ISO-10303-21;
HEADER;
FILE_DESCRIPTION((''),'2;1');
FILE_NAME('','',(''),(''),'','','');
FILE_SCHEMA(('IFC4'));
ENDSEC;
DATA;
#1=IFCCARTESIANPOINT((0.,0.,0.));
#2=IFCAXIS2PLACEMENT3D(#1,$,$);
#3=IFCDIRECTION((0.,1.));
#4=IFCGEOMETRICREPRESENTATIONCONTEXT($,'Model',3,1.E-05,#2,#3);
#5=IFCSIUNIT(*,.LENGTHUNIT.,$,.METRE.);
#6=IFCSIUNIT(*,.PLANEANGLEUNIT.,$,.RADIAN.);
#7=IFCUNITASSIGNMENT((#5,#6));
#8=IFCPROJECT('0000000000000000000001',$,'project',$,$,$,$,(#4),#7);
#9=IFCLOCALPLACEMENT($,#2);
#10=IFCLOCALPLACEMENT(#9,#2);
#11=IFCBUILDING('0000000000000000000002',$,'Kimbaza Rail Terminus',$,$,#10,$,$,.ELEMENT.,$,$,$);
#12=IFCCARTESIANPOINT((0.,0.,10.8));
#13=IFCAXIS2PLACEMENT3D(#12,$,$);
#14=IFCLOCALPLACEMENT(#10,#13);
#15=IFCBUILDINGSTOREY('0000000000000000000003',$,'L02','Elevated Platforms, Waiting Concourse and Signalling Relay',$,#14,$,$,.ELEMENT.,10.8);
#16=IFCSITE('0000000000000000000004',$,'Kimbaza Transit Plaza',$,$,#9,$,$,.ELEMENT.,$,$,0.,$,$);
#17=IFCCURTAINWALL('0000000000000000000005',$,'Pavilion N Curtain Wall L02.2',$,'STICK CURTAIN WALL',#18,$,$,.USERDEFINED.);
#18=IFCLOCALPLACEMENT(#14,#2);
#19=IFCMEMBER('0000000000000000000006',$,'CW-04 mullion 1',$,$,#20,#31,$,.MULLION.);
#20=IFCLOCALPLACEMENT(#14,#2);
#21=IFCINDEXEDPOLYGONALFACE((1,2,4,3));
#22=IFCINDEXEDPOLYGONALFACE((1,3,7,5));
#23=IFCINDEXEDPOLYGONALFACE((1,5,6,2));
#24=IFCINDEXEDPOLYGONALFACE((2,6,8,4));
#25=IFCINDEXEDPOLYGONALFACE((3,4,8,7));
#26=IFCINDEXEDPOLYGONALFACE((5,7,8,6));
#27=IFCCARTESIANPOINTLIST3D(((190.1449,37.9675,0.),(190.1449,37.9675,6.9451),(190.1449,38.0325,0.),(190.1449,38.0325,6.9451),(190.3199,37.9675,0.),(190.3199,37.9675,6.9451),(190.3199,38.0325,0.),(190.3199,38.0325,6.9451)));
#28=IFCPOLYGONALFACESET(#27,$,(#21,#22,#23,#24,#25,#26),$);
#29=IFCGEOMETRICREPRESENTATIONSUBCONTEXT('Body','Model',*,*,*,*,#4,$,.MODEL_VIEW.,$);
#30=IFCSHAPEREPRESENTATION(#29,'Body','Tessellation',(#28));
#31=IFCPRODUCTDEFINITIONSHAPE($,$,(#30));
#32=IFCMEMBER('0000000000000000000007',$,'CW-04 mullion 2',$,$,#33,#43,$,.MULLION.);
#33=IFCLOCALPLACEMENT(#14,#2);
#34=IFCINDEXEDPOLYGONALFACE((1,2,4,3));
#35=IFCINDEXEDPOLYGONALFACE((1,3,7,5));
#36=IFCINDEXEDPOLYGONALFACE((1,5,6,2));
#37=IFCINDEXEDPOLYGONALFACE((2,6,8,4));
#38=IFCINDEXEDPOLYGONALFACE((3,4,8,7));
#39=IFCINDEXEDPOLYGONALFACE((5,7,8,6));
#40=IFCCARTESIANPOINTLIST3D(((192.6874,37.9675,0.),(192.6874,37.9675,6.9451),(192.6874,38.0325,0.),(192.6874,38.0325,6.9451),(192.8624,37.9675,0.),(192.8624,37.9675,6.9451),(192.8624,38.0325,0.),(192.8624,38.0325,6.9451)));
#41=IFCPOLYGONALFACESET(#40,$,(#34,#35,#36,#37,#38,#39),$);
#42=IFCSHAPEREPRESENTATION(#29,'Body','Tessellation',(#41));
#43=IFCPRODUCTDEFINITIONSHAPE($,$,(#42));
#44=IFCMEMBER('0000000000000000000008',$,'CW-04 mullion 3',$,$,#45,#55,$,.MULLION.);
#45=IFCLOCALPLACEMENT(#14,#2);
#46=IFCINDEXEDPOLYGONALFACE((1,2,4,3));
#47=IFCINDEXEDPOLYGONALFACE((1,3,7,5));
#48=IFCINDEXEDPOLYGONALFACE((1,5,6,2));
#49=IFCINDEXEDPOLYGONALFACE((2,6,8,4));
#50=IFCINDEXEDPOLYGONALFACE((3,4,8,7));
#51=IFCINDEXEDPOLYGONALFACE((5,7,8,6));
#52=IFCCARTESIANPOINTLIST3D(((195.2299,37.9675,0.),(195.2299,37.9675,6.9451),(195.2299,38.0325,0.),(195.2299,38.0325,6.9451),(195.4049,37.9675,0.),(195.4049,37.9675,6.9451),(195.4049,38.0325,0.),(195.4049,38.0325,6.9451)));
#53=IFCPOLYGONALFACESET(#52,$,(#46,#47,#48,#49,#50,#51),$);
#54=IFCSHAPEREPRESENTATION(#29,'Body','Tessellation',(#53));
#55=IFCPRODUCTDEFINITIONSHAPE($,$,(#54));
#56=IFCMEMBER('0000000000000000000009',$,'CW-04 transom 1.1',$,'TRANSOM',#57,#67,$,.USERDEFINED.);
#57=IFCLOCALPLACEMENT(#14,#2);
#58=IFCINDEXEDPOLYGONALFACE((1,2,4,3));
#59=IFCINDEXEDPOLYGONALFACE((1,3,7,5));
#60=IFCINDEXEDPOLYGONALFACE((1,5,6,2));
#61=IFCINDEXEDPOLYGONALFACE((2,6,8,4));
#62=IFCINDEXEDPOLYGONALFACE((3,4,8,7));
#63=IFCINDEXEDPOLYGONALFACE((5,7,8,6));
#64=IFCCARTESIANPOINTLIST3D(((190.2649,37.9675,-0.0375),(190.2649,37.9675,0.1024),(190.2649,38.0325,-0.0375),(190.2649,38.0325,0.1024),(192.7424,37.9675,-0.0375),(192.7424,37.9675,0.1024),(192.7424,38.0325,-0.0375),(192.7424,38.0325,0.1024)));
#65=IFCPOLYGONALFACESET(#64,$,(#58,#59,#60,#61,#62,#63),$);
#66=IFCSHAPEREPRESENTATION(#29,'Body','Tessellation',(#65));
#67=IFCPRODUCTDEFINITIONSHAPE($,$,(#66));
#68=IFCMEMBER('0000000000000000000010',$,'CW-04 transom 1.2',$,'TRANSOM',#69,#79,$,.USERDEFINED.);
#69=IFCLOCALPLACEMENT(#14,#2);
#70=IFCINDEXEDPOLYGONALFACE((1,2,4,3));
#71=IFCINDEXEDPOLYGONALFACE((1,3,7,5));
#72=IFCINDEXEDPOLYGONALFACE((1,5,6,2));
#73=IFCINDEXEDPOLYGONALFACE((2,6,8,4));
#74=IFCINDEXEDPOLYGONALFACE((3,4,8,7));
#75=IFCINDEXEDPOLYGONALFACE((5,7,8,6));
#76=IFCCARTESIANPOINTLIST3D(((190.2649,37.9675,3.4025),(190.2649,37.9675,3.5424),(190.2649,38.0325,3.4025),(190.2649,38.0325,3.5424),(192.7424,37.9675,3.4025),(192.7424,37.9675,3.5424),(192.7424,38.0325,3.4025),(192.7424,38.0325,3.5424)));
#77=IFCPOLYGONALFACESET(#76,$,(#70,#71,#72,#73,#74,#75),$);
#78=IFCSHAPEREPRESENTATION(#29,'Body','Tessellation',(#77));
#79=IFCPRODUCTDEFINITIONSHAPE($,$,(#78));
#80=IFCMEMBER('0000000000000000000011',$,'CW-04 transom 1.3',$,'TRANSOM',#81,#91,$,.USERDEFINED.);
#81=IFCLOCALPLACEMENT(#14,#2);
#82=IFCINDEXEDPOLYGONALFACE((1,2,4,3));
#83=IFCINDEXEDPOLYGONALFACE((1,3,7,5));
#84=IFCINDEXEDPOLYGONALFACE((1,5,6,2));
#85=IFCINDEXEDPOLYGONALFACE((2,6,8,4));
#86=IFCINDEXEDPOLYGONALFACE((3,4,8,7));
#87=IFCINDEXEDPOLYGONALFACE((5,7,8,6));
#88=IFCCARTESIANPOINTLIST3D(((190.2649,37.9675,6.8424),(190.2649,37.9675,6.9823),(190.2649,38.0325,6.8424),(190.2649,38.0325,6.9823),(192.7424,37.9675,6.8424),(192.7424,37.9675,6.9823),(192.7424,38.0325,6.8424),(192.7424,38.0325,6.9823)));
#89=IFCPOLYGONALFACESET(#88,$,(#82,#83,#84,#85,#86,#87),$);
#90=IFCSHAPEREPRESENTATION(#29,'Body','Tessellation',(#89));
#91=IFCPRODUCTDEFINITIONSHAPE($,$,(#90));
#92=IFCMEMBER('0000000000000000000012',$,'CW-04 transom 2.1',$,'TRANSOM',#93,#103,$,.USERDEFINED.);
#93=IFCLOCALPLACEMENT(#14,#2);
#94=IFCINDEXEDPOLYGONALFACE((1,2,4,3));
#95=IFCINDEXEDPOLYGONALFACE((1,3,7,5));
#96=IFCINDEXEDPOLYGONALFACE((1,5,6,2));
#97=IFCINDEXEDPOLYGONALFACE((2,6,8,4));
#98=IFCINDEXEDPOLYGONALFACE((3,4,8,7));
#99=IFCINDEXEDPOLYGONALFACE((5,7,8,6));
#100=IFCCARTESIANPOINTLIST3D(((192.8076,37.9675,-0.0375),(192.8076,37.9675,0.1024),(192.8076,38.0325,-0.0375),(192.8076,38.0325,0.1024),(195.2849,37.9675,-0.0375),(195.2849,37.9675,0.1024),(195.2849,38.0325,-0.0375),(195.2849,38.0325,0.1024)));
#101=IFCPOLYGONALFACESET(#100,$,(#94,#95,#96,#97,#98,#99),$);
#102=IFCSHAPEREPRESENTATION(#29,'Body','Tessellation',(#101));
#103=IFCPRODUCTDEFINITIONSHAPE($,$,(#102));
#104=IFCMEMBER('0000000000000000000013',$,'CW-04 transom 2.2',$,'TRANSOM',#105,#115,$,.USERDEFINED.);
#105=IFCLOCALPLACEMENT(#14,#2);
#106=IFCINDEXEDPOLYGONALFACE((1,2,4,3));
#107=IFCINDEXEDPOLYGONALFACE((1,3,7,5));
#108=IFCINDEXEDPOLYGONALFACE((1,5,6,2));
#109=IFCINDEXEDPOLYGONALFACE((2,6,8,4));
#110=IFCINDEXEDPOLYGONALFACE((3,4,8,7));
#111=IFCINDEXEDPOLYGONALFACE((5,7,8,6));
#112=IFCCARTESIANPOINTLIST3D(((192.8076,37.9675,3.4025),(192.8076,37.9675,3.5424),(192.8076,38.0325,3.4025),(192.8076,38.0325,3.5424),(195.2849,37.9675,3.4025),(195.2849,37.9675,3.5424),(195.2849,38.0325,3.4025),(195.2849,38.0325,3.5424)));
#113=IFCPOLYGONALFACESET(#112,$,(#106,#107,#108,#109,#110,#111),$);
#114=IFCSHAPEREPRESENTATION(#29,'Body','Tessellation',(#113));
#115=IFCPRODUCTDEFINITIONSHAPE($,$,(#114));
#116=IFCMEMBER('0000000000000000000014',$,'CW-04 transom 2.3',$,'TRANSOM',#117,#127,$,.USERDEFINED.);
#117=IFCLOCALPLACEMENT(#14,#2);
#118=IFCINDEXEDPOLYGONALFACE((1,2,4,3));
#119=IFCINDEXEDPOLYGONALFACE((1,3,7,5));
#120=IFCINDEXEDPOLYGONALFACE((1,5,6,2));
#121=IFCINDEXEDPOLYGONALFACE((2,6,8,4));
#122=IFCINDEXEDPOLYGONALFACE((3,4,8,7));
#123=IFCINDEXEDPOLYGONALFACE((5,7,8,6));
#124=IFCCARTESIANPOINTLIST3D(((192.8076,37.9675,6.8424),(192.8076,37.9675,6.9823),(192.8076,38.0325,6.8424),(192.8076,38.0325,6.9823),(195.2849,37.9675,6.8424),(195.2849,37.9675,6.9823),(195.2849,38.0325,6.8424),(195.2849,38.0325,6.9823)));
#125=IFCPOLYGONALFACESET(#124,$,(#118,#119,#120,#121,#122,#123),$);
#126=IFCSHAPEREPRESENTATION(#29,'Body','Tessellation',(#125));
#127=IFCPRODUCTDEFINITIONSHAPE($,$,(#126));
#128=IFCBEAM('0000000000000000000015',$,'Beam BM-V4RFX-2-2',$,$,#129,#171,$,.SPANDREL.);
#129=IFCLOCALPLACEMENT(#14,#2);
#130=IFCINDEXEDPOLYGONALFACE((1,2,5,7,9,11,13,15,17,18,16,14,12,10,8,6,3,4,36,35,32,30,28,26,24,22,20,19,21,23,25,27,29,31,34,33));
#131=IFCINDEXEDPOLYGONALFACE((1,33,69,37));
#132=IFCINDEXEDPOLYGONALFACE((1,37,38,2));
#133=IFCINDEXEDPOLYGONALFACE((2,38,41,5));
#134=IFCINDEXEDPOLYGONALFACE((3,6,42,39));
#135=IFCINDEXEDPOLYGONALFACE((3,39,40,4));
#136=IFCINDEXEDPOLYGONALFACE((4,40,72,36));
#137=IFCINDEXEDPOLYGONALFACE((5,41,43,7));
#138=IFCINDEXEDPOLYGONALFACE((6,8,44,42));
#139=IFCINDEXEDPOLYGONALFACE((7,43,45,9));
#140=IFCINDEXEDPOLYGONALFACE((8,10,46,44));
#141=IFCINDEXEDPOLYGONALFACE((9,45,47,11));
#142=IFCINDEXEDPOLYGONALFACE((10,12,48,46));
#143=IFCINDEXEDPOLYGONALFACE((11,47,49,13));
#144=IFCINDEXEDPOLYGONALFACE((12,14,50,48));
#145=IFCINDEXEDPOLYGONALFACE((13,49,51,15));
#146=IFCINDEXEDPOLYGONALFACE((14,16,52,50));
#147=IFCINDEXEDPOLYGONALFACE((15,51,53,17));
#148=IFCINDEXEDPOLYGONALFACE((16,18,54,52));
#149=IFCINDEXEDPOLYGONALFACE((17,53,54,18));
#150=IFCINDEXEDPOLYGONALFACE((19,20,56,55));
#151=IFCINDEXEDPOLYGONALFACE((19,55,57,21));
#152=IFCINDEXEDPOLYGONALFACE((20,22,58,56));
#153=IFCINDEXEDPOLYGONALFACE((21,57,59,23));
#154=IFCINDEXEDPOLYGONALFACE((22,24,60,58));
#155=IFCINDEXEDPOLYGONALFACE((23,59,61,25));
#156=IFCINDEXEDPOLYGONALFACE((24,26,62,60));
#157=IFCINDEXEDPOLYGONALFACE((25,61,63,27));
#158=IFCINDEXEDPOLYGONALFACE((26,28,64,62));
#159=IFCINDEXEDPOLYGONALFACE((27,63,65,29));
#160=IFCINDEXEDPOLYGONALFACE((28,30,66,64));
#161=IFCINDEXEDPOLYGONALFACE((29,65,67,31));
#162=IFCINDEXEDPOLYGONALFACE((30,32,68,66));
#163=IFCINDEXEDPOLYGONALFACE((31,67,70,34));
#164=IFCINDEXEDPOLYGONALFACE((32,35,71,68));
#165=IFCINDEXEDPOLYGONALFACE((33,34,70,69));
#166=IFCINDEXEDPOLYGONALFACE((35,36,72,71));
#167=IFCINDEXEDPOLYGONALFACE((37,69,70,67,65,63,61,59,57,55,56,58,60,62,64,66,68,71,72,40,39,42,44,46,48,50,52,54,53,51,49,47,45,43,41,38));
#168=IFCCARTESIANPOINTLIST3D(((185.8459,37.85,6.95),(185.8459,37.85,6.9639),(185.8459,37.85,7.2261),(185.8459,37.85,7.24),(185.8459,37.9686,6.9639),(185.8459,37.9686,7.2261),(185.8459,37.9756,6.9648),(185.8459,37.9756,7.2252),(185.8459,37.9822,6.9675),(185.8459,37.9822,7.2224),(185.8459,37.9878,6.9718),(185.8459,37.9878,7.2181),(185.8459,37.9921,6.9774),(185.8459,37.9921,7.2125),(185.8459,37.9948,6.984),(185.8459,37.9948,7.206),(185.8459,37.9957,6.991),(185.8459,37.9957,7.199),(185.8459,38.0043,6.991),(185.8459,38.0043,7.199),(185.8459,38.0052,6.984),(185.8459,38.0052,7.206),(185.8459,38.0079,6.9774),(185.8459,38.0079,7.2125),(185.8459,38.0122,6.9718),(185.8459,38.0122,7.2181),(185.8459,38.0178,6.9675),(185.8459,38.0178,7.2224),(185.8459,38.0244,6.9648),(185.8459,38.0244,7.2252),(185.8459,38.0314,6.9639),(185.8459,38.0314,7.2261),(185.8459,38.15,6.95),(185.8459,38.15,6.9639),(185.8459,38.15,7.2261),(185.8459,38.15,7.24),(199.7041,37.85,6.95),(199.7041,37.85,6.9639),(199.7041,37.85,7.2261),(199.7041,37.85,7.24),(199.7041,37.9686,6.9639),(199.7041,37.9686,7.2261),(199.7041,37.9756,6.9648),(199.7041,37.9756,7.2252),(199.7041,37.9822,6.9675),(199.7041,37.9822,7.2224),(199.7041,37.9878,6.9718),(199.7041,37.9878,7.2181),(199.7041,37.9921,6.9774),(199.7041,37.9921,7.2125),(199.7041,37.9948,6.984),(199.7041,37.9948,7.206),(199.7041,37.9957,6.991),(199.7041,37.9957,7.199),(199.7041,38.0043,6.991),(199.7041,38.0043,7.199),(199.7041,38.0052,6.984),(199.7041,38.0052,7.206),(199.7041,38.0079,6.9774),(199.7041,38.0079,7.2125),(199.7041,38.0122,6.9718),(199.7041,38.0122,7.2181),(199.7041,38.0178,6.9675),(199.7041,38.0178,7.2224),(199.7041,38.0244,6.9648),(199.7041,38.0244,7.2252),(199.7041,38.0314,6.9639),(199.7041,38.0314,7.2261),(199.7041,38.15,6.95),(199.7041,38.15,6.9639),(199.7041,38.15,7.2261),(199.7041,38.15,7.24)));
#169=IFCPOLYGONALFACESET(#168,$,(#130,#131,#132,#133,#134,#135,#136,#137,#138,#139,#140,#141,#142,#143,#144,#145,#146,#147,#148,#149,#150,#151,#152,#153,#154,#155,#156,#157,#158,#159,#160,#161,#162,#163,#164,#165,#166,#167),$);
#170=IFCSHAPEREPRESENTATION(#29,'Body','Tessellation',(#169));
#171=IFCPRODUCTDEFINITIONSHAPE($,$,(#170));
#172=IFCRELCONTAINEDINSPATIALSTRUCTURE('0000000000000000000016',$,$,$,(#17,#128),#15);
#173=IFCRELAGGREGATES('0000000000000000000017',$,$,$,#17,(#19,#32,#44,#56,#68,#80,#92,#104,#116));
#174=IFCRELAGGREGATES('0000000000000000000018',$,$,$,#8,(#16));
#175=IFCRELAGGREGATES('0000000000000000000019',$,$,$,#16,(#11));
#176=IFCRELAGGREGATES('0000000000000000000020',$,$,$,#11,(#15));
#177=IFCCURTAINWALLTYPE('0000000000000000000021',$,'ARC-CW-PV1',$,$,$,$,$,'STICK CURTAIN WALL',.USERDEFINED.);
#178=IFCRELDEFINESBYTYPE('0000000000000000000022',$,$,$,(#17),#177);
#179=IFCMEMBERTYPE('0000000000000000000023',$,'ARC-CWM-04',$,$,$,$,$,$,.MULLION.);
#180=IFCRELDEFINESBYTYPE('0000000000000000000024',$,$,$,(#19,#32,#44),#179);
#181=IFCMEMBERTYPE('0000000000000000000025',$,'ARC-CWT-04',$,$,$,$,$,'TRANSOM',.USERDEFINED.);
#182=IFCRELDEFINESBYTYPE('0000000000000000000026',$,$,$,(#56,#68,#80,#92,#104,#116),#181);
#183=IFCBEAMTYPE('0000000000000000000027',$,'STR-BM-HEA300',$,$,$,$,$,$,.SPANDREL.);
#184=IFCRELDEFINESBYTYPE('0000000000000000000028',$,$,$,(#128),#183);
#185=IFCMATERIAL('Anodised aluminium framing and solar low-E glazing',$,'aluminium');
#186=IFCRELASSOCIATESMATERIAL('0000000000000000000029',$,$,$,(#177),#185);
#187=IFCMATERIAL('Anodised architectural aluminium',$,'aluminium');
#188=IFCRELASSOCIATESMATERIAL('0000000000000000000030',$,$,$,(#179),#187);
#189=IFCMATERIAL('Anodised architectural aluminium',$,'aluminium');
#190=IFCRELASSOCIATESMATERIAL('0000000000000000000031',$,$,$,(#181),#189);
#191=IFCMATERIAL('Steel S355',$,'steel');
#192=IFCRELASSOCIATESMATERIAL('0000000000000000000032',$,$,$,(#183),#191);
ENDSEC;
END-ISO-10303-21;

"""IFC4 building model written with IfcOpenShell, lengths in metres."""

from ifc_helpers import new_model, si_unit, direction, frame, origin, origin_2d, place, context, subcontext, project, spatial, rectangle, i_section, extrude, material, material_profile, profile_set, type_object, element, aggregate, save


model = new_model("IFC4")

# Units and contexts
model_context = context("Model", 3, precision=1e-05, world=origin(), true_north=direction((0.0, 1.0)))
body_context = subcontext(model_context, "Body", "Model", "MODEL_VIEW")
ifc_project = project(units=[si_unit("LENGTHUNIT", "METRE"), si_unit("PLANEANGLEUNIT", "RADIAN")], contexts=[model_context])

# Site, building, storey
site_placement = place(None, origin())
site = spatial("IfcSite", under=ifc_project, at=site_placement, Name="Kimbaza Transit Plaza", CompositionType="ELEMENT", RefElevation=0.0)
building_placement = place(site_placement, origin())
building = spatial("IfcBuilding", under=site, at=building_placement, Name="Kimbaza Rail Terminus", CompositionType="ELEMENT")
storey_placement = place(building_placement, frame((0.0, 0.0, 10.8)))
storey = spatial("IfcBuildingStorey", under=building, at=storey_placement, Name="L02", Description="Elevated Platforms, Waiting Concourse and Signalling Relay", CompositionType="ELEMENT", Elevation=10.8)

# Curtain wall, members
ifc_material_1 = material(Name="Anodised aluminium framing and solar low-E glazing", Category="aluminium")
curtain_wall_type = type_object("IfcCurtainWallType", Name="ARC-CW-PV1", ElementType="STICK CURTAIN WALL", PredefinedType="USERDEFINED", material=ifc_material_1)
curtain_wall_placement = place(storey_placement, origin())
curtain_wall = element("IfcCurtainWall", 1, at=curtain_wall_placement, inside=storey, type_object=curtain_wall_type, Name="Pavilion N Curtain Wall L02.2", ObjectType="STICK CURTAIN WALL", PredefinedType="USERDEFINED")
ifc_material_2 = material(Name="Anodised architectural aluminium", Category="aluminium")
ifc_material_profile_1 = material_profile(ifc_material_2, rectangle(XDim=0.0649, YDim=0.175, at=origin_2d()), Name="MULLION 65x175")
ifc_profile_set_1 = profile_set([ifc_material_profile_1], Name="Anodised architectural aluminium")
member_type_1 = type_object("IfcMemberType", Name="ARC-CWM-04", PredefinedType="MULLION", material=ifc_profile_set_1)
member_1_placement = place(storey_placement, frame((190.2324, 38.0, 0.0), z_axis=(0.0, 0.0, 1.0), x_axis=(0.0, 1.0, 0.0)))
member_1 = element("IfcMember", 2, at=member_1_placement, type_object=member_type_1, Name="CW-04 mullion 1", PredefinedType="MULLION", context=body_context, shape_type="SweptSolid", body=[
    extrude(rectangle(XDim=0.0649, YDim=0.175, at=origin_2d()), origin(), (0.0, 0.0, 1.0), 6.9451),
])
member_2_placement = place(storey_placement, frame((192.7749, 38.0, 0.0), z_axis=(0.0, 0.0, 1.0), x_axis=(0.0, 1.0, 0.0)))
member_2 = element("IfcMember", 3, at=member_2_placement, type_object=member_type_1, Name="CW-04 mullion 2", PredefinedType="MULLION", context=body_context, shape_type="SweptSolid", body=[
    extrude(rectangle(XDim=0.0649, YDim=0.175, at=origin_2d()), origin(), (0.0, 0.0, 1.0), 6.9451),
])
member_3_placement = place(storey_placement, frame((195.3174, 38.0, 0.0), z_axis=(0.0, 0.0, 1.0), x_axis=(0.0, 1.0, 0.0)))
member_3 = element("IfcMember", 4, at=member_3_placement, type_object=member_type_1, Name="CW-04 mullion 3", PredefinedType="MULLION", context=body_context, shape_type="SweptSolid", body=[
    extrude(rectangle(XDim=0.0649, YDim=0.175, at=origin_2d()), origin(), (0.0, 0.0, 1.0), 6.9451),
])
ifc_material_3 = material(Name="Anodised architectural aluminium", Category="aluminium")
ifc_material_profile_2 = material_profile(ifc_material_3, rectangle(XDim=0.0649, YDim=0.1399, at=origin_2d()), Name="TRANSOM 65x140")
ifc_profile_set_2 = profile_set([ifc_material_profile_2], Name="Anodised architectural aluminium")
member_type_2 = type_object("IfcMemberType", Name="ARC-CWT-04", ElementType="TRANSOM", PredefinedType="USERDEFINED", material=ifc_profile_set_2)
member_4_placement = place(storey_placement, frame((190.2649, 38.0, 0.0325), z_axis=(1.0, 0.0, 0.0), x_axis=(0.0, 1.0, 0.0)))
member_4 = element("IfcMember", 5, at=member_4_placement, type_object=member_type_2, Name="CW-04 transom 1.1", ObjectType="TRANSOM", PredefinedType="USERDEFINED", context=body_context, shape_type="SweptSolid", body=[
    extrude(rectangle(XDim=0.0649, YDim=0.1399, at=origin_2d()), origin(), (0.0, 0.0, 1.0), 2.4775),
])
member_5_placement = place(storey_placement, frame((190.2649, 38.0, 3.4724), z_axis=(1.0, 0.0, 0.0), x_axis=(0.0, 1.0, 0.0)))
member_5 = element("IfcMember", 6, at=member_5_placement, type_object=member_type_2, Name="CW-04 transom 1.2", ObjectType="TRANSOM", PredefinedType="USERDEFINED", context=body_context, shape_type="SweptSolid", body=[
    extrude(rectangle(XDim=0.0649, YDim=0.1399, at=origin_2d()), origin(), (0.0, 0.0, 1.0), 2.4775),
])
member_6_placement = place(storey_placement, frame((190.2649, 38.0, 6.9124), z_axis=(1.0, 0.0, 0.0), x_axis=(0.0, 1.0, 0.0)))
member_6 = element("IfcMember", 7, at=member_6_placement, type_object=member_type_2, Name="CW-04 transom 1.3", ObjectType="TRANSOM", PredefinedType="USERDEFINED", context=body_context, shape_type="SweptSolid", body=[
    extrude(rectangle(XDim=0.0649, YDim=0.1399, at=origin_2d()), origin(), (0.0, 0.0, 1.0), 2.4775),
])
member_7_placement = place(storey_placement, frame((192.8076, 38.0, 0.0325), z_axis=(1.0, 0.0, 0.0), x_axis=(0.0, 1.0, 0.0)))
member_7 = element("IfcMember", 8, at=member_7_placement, type_object=member_type_2, Name="CW-04 transom 2.1", ObjectType="TRANSOM", PredefinedType="USERDEFINED", context=body_context, shape_type="SweptSolid", body=[
    extrude(rectangle(XDim=0.0649, YDim=0.1399, at=origin_2d()), origin(), (0.0, 0.0, 1.0), 2.4773),
])
member_8_placement = place(storey_placement, frame((192.8076, 38.0, 3.4724), z_axis=(1.0, 0.0, 0.0), x_axis=(0.0, 1.0, 0.0)))
member_8 = element("IfcMember", 9, at=member_8_placement, type_object=member_type_2, Name="CW-04 transom 2.2", ObjectType="TRANSOM", PredefinedType="USERDEFINED", context=body_context, shape_type="SweptSolid", body=[
    extrude(rectangle(XDim=0.0649, YDim=0.1399, at=origin_2d()), origin(), (0.0, 0.0, 1.0), 2.4773),
])
member_9_placement = place(storey_placement, frame((192.8076, 38.0, 6.9124), z_axis=(1.0, 0.0, 0.0), x_axis=(0.0, 1.0, 0.0)))
member_9 = element("IfcMember", 10, at=member_9_placement, type_object=member_type_2, Name="CW-04 transom 2.3", ObjectType="TRANSOM", PredefinedType="USERDEFINED", context=body_context, shape_type="SweptSolid", body=[
    extrude(rectangle(XDim=0.0649, YDim=0.1399, at=origin_2d()), origin(), (0.0, 0.0, 1.0), 2.4773),
])

# Beam
ifc_material_4 = material(Name="Steel S355", Category="steel")
ifc_material_profile_3 = material_profile(ifc_material_4, i_section(OverallWidth=0.3, OverallDepth=0.29, WebThickness=0.0085, FlangeThickness=0.0139, FilletRadius=0.0271, at=origin_2d()), Name="HEA 300")
ifc_profile_set_3 = profile_set([ifc_material_profile_3], Name="Steel S355")
beam_type_1 = type_object("IfcBeamType", Name="STR-BM-HEA300", PredefinedType="SPANDREL", material=ifc_profile_set_3)
beam_1_placement = place(storey_placement, frame((185.8459, 38.0, 7.095), z_axis=(1.0, 0.0, 0.0), x_axis=(0.0, 1.0, 0.0)))
element("IfcBeam", 11, at=beam_1_placement, inside=storey, type_object=beam_type_1, Name="Beam BM-V4RFX-2-2", PredefinedType="SPANDREL", context=body_context, shape_type="SweptSolid", body=[
    extrude(i_section(OverallWidth=0.3, OverallDepth=0.29, WebThickness=0.0085, FlangeThickness=0.0139, FilletRadius=0.0271, at=origin_2d()), origin(), (0.0, 0.0, 1.0), 13.8582),
])

aggregate(curtain_wall, [member_1, member_2, member_3, member_4, member_5, member_6, member_7, member_8, member_9])

save(model, "model.ifc")
